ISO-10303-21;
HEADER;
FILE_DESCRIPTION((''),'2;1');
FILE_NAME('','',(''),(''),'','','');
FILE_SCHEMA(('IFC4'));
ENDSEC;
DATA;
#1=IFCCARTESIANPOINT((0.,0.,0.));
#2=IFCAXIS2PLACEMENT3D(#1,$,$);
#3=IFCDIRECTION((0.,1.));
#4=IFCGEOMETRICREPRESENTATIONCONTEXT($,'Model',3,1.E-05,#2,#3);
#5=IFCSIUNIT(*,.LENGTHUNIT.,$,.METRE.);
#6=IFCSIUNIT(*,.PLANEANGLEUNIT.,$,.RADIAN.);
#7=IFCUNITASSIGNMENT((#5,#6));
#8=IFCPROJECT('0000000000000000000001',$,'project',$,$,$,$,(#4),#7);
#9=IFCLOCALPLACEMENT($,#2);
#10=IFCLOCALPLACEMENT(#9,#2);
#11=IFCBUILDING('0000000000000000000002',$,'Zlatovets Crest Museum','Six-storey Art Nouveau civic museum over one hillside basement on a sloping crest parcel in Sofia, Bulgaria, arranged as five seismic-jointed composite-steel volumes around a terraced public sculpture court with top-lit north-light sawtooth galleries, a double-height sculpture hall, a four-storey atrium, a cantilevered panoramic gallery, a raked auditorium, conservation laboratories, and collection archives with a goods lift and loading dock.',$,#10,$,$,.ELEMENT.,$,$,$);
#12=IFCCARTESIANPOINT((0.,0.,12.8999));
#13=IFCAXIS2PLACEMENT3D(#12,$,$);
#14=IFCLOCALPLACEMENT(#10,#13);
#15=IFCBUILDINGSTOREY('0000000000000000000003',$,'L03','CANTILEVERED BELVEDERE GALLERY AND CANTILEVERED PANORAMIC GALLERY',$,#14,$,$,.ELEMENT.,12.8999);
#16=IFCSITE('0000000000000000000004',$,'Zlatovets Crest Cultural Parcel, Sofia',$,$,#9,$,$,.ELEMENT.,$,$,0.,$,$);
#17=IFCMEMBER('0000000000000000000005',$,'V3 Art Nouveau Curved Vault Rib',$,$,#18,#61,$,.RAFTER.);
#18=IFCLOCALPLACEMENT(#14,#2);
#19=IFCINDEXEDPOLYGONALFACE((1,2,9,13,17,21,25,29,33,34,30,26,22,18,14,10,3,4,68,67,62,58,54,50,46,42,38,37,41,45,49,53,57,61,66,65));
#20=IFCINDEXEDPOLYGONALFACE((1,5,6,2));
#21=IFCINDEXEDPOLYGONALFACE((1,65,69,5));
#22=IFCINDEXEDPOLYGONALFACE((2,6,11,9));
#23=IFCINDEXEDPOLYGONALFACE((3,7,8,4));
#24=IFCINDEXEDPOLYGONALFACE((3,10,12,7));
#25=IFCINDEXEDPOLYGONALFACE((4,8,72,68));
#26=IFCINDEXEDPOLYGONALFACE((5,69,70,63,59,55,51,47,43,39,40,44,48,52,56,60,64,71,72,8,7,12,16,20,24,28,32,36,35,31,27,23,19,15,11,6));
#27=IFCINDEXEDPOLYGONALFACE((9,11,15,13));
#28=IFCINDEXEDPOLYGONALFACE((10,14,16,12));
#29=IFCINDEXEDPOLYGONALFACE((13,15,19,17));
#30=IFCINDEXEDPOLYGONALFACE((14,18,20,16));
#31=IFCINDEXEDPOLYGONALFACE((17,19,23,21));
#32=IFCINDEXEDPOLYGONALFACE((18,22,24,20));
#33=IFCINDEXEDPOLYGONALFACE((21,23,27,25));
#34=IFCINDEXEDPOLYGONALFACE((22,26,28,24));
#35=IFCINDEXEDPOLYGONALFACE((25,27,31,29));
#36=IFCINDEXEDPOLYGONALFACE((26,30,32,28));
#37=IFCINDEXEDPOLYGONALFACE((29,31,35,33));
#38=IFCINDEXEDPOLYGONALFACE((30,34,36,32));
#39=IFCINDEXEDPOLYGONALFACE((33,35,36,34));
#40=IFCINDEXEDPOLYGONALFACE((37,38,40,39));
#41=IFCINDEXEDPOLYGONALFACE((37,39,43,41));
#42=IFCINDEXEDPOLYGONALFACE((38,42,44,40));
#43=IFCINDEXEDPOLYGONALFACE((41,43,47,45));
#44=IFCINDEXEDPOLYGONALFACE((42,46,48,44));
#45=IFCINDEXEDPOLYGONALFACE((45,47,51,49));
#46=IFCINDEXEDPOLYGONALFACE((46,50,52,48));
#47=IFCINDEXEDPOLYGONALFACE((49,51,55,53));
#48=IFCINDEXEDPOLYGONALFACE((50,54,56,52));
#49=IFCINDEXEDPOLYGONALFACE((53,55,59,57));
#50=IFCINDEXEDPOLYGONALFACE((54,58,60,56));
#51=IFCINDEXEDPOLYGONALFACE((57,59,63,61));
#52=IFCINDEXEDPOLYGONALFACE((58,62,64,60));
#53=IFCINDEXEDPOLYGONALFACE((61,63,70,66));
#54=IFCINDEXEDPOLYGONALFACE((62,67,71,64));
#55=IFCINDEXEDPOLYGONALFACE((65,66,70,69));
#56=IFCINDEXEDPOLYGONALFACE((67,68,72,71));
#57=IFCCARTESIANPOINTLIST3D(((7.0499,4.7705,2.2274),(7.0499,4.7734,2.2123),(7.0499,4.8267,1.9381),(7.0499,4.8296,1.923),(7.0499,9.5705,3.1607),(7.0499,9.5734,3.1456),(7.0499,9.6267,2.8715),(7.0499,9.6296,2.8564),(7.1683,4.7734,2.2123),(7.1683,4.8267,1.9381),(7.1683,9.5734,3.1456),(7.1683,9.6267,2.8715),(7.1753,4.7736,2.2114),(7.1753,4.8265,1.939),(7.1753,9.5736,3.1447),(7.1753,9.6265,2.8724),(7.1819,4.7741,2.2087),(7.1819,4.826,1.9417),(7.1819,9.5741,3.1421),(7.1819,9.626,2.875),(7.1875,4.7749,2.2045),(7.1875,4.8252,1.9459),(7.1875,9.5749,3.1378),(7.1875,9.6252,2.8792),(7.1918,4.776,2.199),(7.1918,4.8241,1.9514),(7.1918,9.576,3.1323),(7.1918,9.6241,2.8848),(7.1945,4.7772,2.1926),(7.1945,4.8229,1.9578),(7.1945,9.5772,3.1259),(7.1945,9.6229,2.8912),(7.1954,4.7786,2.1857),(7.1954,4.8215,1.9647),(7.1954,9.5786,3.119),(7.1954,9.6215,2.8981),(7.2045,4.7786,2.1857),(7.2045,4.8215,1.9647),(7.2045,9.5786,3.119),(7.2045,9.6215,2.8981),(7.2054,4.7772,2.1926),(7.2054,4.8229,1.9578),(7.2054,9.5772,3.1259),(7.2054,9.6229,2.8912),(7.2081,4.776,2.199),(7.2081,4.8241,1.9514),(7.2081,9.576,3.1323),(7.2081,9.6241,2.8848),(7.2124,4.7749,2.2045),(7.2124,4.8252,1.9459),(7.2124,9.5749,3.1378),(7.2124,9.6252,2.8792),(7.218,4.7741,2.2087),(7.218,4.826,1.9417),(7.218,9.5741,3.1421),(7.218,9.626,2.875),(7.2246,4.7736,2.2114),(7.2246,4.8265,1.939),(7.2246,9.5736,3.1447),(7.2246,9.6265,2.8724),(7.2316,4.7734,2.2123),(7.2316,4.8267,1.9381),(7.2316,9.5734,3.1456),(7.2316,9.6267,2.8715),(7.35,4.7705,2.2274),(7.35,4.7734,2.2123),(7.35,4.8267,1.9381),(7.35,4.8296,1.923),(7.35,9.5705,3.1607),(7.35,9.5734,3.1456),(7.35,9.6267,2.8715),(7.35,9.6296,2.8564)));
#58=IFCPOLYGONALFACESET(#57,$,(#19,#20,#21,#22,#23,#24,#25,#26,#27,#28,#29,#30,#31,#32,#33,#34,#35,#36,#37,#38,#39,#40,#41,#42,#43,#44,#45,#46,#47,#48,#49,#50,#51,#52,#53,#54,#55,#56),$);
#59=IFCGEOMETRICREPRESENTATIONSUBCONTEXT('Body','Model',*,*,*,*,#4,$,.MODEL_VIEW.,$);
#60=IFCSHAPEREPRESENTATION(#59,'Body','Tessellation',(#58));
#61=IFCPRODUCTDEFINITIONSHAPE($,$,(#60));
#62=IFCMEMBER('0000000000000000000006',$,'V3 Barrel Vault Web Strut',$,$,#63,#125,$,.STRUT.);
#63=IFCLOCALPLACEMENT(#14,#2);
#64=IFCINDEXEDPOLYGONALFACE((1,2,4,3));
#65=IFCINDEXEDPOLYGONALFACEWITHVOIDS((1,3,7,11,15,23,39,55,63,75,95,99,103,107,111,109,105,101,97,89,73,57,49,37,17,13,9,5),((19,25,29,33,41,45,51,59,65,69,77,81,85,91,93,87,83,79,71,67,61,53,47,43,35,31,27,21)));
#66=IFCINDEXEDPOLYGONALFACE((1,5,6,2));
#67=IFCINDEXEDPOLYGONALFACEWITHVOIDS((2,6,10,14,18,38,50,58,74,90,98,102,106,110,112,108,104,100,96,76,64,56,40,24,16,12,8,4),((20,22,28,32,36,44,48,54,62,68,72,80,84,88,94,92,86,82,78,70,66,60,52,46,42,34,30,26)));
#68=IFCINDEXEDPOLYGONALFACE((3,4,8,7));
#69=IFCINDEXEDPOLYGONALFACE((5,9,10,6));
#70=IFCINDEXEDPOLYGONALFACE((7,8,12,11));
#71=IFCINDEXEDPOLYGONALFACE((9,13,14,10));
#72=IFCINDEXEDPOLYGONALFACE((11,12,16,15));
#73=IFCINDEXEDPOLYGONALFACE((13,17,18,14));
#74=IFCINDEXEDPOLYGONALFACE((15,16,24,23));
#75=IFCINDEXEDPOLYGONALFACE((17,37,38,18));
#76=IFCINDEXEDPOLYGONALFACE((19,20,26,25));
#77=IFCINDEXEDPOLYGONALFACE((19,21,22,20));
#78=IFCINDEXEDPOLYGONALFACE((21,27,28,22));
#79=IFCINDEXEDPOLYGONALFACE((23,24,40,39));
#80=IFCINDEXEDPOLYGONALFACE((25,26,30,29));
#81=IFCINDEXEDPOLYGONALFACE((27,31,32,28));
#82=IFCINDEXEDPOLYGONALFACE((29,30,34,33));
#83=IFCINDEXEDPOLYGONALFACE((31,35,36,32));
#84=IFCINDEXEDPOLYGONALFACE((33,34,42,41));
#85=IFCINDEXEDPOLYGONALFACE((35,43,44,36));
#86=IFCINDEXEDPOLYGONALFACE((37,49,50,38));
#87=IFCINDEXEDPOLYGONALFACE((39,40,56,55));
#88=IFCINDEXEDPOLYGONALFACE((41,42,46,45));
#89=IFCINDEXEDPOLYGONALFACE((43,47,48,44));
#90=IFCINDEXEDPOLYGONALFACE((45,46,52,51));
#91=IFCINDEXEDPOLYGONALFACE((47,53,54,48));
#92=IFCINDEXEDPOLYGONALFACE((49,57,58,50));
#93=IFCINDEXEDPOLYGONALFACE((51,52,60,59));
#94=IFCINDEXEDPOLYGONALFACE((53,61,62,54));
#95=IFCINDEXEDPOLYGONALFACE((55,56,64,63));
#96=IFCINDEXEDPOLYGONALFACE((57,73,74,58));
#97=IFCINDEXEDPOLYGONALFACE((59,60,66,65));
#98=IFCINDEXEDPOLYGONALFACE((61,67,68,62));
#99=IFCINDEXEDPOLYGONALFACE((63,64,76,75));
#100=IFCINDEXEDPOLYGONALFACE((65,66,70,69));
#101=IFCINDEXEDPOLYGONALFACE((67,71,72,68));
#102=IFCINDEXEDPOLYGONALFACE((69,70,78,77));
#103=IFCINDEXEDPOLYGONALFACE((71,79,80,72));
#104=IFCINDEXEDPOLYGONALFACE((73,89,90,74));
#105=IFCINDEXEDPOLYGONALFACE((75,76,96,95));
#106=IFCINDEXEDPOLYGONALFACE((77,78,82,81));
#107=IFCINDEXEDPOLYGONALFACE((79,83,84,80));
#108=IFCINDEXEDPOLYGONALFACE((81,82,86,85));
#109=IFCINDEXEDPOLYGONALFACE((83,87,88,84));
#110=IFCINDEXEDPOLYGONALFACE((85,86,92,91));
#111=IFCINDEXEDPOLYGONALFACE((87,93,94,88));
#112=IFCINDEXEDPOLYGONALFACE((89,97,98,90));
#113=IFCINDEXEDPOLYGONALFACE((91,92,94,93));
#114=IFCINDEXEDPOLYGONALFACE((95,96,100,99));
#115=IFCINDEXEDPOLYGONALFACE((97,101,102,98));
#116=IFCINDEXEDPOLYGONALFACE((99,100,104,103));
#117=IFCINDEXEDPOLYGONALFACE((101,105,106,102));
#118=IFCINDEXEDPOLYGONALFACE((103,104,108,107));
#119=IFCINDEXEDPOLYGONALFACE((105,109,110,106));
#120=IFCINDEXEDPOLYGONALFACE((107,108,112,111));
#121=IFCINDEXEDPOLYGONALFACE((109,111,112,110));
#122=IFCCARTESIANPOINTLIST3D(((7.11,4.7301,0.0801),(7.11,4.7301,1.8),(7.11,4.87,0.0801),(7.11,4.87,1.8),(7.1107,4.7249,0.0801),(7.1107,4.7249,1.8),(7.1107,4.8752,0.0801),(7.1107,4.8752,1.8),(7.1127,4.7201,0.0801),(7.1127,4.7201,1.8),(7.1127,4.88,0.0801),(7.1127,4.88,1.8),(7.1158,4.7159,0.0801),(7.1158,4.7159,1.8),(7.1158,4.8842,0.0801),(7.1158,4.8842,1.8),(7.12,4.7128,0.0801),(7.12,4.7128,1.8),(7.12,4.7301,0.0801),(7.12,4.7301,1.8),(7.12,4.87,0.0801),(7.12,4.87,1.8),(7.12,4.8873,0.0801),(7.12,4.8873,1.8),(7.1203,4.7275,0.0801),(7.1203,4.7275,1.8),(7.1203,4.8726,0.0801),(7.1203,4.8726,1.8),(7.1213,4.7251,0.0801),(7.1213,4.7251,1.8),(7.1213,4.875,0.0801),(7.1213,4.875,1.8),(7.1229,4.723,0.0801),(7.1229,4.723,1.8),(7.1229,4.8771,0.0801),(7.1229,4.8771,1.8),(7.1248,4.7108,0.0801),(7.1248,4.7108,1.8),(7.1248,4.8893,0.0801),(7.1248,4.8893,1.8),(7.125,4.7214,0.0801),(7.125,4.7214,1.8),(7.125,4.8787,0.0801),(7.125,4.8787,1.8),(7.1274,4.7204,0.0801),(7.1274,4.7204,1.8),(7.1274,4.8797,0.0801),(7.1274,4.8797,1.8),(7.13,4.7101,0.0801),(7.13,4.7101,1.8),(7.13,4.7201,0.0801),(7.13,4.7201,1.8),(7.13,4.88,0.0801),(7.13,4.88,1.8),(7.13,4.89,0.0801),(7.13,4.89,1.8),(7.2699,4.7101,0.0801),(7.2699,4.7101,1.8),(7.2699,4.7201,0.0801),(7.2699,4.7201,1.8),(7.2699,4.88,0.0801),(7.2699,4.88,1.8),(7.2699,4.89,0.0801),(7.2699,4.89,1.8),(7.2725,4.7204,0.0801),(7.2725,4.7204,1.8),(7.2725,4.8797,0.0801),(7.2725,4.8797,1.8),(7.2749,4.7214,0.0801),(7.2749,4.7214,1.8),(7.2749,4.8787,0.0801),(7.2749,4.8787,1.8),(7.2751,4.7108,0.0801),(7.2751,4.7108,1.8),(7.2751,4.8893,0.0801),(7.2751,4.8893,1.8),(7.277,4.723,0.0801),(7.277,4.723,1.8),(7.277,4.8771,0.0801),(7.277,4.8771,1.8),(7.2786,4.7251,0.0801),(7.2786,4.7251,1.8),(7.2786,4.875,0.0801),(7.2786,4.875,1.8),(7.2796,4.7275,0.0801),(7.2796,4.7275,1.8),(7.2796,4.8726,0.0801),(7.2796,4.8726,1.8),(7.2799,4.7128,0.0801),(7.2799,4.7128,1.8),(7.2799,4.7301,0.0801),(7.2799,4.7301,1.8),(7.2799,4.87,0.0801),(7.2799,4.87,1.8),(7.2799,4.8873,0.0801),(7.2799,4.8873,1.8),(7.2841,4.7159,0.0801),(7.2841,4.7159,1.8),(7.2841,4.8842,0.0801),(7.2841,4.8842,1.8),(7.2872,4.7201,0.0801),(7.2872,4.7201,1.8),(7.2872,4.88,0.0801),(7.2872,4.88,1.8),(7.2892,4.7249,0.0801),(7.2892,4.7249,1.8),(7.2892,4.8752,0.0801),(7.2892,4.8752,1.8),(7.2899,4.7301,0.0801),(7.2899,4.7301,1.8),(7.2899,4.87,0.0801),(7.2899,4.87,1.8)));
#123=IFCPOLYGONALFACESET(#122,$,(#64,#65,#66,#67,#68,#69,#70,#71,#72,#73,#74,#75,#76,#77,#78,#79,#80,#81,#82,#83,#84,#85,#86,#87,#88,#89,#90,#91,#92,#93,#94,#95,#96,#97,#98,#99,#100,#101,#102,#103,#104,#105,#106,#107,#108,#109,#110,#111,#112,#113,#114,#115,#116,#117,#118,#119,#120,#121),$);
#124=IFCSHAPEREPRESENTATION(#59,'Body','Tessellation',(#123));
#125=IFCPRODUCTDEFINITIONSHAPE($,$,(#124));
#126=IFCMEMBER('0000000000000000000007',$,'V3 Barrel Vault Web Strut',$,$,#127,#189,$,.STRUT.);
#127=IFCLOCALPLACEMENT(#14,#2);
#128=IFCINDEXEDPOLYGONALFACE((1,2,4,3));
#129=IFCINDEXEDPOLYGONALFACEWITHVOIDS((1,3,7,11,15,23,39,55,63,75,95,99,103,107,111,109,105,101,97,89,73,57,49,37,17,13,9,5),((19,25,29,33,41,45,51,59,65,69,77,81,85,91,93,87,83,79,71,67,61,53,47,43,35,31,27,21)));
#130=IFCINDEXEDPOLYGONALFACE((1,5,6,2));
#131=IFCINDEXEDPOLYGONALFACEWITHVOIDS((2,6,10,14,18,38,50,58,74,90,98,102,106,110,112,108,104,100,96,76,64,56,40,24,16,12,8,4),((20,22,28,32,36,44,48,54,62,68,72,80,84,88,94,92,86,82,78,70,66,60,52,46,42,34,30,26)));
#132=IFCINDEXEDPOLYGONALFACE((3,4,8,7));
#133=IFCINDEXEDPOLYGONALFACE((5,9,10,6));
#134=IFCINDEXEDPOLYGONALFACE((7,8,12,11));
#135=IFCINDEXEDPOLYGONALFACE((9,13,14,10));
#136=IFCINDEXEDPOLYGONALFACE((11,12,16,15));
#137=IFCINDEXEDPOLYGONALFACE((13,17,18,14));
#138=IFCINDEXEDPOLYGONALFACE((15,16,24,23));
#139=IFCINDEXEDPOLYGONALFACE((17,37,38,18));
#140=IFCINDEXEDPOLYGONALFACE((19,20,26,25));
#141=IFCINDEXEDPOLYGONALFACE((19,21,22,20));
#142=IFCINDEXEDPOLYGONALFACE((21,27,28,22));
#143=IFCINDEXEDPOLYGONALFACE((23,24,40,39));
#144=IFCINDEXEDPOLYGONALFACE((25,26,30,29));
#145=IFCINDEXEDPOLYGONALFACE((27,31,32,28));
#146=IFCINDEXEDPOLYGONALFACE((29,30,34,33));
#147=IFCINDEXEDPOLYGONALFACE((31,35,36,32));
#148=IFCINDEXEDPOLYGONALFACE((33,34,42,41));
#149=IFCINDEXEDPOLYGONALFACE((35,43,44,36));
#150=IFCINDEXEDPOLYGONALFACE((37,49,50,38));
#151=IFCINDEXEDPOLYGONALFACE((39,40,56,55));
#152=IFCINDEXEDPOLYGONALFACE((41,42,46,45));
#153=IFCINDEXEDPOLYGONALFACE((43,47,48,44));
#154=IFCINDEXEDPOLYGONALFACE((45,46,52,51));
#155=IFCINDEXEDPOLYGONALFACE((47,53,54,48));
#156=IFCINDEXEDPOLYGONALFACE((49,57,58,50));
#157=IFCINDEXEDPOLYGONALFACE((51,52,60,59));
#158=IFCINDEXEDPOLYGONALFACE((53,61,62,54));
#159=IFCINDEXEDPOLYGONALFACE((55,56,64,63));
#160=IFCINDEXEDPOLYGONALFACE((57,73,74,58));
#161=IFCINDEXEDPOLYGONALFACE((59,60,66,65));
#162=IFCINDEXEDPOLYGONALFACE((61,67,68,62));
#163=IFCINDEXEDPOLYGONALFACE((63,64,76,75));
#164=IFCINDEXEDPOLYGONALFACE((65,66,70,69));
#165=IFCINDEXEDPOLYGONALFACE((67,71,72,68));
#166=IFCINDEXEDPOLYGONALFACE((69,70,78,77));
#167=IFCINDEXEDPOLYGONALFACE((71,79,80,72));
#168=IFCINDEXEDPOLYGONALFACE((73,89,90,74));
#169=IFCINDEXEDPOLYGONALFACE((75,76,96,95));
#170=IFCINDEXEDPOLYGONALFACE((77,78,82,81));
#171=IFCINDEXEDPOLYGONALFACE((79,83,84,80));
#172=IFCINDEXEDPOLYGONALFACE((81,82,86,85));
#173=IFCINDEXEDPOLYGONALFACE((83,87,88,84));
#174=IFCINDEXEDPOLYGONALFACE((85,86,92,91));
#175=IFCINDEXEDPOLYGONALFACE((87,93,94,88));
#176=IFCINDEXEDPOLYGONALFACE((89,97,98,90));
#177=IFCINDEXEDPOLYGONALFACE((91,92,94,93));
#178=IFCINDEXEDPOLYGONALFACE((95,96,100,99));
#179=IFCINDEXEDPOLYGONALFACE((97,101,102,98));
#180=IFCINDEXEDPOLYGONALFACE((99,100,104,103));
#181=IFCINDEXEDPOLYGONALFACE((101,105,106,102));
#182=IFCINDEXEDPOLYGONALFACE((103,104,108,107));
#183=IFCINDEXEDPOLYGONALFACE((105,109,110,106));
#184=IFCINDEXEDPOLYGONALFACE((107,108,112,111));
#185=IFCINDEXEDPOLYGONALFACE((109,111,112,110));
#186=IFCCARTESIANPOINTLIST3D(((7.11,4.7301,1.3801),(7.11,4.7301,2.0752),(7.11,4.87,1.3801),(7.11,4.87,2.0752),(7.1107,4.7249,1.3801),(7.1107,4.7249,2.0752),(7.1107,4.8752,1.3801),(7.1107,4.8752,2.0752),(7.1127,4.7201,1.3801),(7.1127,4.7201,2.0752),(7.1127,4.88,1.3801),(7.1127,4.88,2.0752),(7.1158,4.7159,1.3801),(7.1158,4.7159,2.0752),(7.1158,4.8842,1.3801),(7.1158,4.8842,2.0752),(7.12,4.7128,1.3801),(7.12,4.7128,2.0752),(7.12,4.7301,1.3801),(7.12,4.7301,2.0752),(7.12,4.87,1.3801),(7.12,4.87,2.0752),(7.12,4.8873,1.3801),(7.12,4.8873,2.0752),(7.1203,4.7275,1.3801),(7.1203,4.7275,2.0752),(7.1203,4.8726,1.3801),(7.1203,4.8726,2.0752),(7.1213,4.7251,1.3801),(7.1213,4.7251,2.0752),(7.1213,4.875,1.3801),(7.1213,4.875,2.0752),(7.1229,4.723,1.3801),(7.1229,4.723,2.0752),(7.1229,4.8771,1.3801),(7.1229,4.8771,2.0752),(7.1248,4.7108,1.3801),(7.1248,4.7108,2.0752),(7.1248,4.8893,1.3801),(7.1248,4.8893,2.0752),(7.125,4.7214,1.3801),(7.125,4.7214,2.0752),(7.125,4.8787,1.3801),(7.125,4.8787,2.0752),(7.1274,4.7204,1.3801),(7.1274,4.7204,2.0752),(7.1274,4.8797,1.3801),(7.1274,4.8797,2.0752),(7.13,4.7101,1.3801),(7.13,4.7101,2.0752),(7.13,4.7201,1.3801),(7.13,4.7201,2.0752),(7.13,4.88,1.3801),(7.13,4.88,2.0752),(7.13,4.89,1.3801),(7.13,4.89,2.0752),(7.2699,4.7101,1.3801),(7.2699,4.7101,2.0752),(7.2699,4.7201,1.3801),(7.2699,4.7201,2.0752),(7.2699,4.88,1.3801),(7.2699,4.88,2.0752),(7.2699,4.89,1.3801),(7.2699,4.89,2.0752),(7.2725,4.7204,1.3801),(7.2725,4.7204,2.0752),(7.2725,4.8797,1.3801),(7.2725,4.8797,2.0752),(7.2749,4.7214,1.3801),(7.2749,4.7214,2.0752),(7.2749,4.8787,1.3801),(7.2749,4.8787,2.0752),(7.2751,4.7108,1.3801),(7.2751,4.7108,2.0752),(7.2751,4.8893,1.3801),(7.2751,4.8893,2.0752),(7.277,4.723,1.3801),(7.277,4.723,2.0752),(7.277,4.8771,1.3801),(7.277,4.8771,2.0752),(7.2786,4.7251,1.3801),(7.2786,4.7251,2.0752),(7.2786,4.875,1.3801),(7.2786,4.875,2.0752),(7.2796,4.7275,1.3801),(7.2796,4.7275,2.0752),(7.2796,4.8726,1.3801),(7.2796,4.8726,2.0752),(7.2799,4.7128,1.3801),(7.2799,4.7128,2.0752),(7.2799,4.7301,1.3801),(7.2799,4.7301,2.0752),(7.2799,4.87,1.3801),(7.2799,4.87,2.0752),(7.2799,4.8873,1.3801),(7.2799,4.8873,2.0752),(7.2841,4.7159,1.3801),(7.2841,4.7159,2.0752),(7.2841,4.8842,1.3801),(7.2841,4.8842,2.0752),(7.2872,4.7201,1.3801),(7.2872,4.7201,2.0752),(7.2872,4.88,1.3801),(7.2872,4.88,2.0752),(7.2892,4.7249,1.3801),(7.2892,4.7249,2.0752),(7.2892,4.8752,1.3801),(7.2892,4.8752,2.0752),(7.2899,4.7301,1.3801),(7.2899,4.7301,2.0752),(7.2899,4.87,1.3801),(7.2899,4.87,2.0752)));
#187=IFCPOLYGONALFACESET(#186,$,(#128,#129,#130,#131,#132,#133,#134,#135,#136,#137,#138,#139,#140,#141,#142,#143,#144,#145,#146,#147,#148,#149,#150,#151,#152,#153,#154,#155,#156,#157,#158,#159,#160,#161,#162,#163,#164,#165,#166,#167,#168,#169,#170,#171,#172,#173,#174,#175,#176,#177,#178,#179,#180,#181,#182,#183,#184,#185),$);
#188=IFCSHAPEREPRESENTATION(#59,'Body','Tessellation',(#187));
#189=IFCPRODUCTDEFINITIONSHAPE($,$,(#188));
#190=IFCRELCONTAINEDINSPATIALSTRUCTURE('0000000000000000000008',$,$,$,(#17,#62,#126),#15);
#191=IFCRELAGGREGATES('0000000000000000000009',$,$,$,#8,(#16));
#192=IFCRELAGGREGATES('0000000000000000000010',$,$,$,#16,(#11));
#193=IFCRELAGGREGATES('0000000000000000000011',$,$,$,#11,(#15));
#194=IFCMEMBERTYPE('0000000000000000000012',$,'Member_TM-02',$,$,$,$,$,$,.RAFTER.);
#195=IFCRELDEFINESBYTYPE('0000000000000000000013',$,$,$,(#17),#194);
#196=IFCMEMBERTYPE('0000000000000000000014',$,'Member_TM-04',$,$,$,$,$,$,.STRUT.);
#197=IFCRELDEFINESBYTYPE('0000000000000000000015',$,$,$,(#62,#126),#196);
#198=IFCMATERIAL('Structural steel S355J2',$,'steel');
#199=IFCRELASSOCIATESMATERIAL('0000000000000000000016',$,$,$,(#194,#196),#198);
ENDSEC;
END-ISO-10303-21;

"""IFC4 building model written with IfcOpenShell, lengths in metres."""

from ifc_helpers import new_model, si_unit, direction, frame, origin, origin_2d, place, context, subcontext, project, spatial, hollow_rectangle, i_section, extrude, material, material_profile, profile_set, type_object, element, save


model = new_model("IFC4")

# Units and contexts
model_context = context("Model", 3, precision=1e-05, world=origin(), true_north=direction((0.0, 1.0)))
body_context = subcontext(model_context, "Body", "Model", "MODEL_VIEW")
ifc_project = project(units=[si_unit("LENGTHUNIT", "METRE"), si_unit("PLANEANGLEUNIT", "RADIAN")], contexts=[model_context])

# Site, building, storey
site_placement = place(None, origin())
site = spatial("IfcSite", under=ifc_project, at=site_placement, Name="Zlatovets Crest Cultural Parcel, Sofia", CompositionType="ELEMENT", RefElevation=0.0)
building_placement = place(site_placement, origin())
building = spatial("IfcBuilding", under=site, at=building_placement, Name="Zlatovets Crest Museum", Description="Six-storey Art Nouveau civic museum over one hillside basement on a sloping crest parcel in Sofia, Bulgaria, arranged as five seismic-jointed composite-steel volumes around a terraced public sculpture court with top-lit north-light sawtooth galleries, a double-height sculpture hall, a four-storey atrium, a cantilevered panoramic gallery, a raked auditorium, conservation laboratories, and collection archives with a goods lift and loading dock.", CompositionType="ELEMENT")
storey_placement = place(building_placement, frame((0.0, 0.0, 12.8999)))
storey = spatial("IfcBuildingStorey", under=building, at=storey_placement, Name="L03", Description="CANTILEVERED BELVEDERE GALLERY AND CANTILEVERED PANORAMIC GALLERY", CompositionType="ELEMENT", Elevation=12.8999)

# Shared definitions
ifc_material_1 = material(Name="Structural steel S355J2", Category="steel")

# Members
ifc_material_profile_1 = material_profile(ifc_material_1, i_section(OverallWidth=0.3, OverallDepth=0.3101, WebThickness=0.009, FlangeThickness=0.0154, FilletRadius=0.0271, at=origin_2d()), Name="HEA 320")
ifc_profile_set_1 = profile_set([ifc_material_profile_1], Name="Structural steel S355J2")
member_type_1 = type_object("IfcMemberType", Name="Member_TM-02", PredefinedType="RAFTER", material=ifc_profile_set_1)
member_1_placement = place(storey_placement, frame((7.2, 4.8, 2.0752), z_axis=(0.0, 0.981615, 0.190871), x_axis=(-1.0, 0.0, 0.0)))
element("IfcMember", 1, at=member_1_placement, inside=storey, type_object=member_type_1, Name="V3 Art Nouveau Curved Vault Rib", PredefinedType="RAFTER", context=body_context, shape_type="SweptSolid", body=[
    extrude(i_section(OverallWidth=0.3, OverallDepth=0.3101, WebThickness=0.009, FlangeThickness=0.0154, FilletRadius=0.0271, at=origin_2d()), origin(), (0.0, 0.0, 1.0), 4.8899),
])
ifc_material_profile_2 = material_profile(ifc_material_1, hollow_rectangle(XDim=0.1799, YDim=0.1799, WallThickness=0.01, InnerFilletRadius=0.01, OuterFilletRadius=0.02, at=origin_2d()), Name="SHS 180x180x10.0")
ifc_profile_set_2 = profile_set([ifc_material_profile_2], Name="Structural steel S355J2")
member_type_2 = type_object("IfcMemberType", Name="Member_TM-04", PredefinedType="STRUT", material=ifc_profile_set_2)
member_2_placement = place(storey_placement, frame((7.2, 4.8, 0.0801), z_axis=(0.0, 0.0, 1.0), x_axis=(1.0, 0.0, 0.0)))
element("IfcMember", 2, at=member_2_placement, inside=storey, type_object=member_type_2, Name="V3 Barrel Vault Web Strut", PredefinedType="STRUT", context=body_context, shape_type="SweptSolid", body=[
    extrude(hollow_rectangle(XDim=0.1799, YDim=0.1799, WallThickness=0.01, InnerFilletRadius=0.01, OuterFilletRadius=0.02, at=origin_2d()), origin(), (0.0, 0.0, 1.0), 1.72),
])
member_3_placement = place(storey_placement, frame((7.2, 4.8, 1.3801), z_axis=(0.0, 0.0, 1.0), x_axis=(1.0, 0.0, 0.0)))
element("IfcMember", 3, at=member_3_placement, inside=storey, type_object=member_type_2, Name="V3 Barrel Vault Web Strut", PredefinedType="STRUT", context=body_context, shape_type="SweptSolid", body=[
    extrude(hollow_rectangle(XDim=0.1799, YDim=0.1799, WallThickness=0.01, InnerFilletRadius=0.01, OuterFilletRadius=0.02, at=origin_2d()), origin(), (0.0, 0.0, 1.0), 0.6951),
])

save(model, "model.ifc")
